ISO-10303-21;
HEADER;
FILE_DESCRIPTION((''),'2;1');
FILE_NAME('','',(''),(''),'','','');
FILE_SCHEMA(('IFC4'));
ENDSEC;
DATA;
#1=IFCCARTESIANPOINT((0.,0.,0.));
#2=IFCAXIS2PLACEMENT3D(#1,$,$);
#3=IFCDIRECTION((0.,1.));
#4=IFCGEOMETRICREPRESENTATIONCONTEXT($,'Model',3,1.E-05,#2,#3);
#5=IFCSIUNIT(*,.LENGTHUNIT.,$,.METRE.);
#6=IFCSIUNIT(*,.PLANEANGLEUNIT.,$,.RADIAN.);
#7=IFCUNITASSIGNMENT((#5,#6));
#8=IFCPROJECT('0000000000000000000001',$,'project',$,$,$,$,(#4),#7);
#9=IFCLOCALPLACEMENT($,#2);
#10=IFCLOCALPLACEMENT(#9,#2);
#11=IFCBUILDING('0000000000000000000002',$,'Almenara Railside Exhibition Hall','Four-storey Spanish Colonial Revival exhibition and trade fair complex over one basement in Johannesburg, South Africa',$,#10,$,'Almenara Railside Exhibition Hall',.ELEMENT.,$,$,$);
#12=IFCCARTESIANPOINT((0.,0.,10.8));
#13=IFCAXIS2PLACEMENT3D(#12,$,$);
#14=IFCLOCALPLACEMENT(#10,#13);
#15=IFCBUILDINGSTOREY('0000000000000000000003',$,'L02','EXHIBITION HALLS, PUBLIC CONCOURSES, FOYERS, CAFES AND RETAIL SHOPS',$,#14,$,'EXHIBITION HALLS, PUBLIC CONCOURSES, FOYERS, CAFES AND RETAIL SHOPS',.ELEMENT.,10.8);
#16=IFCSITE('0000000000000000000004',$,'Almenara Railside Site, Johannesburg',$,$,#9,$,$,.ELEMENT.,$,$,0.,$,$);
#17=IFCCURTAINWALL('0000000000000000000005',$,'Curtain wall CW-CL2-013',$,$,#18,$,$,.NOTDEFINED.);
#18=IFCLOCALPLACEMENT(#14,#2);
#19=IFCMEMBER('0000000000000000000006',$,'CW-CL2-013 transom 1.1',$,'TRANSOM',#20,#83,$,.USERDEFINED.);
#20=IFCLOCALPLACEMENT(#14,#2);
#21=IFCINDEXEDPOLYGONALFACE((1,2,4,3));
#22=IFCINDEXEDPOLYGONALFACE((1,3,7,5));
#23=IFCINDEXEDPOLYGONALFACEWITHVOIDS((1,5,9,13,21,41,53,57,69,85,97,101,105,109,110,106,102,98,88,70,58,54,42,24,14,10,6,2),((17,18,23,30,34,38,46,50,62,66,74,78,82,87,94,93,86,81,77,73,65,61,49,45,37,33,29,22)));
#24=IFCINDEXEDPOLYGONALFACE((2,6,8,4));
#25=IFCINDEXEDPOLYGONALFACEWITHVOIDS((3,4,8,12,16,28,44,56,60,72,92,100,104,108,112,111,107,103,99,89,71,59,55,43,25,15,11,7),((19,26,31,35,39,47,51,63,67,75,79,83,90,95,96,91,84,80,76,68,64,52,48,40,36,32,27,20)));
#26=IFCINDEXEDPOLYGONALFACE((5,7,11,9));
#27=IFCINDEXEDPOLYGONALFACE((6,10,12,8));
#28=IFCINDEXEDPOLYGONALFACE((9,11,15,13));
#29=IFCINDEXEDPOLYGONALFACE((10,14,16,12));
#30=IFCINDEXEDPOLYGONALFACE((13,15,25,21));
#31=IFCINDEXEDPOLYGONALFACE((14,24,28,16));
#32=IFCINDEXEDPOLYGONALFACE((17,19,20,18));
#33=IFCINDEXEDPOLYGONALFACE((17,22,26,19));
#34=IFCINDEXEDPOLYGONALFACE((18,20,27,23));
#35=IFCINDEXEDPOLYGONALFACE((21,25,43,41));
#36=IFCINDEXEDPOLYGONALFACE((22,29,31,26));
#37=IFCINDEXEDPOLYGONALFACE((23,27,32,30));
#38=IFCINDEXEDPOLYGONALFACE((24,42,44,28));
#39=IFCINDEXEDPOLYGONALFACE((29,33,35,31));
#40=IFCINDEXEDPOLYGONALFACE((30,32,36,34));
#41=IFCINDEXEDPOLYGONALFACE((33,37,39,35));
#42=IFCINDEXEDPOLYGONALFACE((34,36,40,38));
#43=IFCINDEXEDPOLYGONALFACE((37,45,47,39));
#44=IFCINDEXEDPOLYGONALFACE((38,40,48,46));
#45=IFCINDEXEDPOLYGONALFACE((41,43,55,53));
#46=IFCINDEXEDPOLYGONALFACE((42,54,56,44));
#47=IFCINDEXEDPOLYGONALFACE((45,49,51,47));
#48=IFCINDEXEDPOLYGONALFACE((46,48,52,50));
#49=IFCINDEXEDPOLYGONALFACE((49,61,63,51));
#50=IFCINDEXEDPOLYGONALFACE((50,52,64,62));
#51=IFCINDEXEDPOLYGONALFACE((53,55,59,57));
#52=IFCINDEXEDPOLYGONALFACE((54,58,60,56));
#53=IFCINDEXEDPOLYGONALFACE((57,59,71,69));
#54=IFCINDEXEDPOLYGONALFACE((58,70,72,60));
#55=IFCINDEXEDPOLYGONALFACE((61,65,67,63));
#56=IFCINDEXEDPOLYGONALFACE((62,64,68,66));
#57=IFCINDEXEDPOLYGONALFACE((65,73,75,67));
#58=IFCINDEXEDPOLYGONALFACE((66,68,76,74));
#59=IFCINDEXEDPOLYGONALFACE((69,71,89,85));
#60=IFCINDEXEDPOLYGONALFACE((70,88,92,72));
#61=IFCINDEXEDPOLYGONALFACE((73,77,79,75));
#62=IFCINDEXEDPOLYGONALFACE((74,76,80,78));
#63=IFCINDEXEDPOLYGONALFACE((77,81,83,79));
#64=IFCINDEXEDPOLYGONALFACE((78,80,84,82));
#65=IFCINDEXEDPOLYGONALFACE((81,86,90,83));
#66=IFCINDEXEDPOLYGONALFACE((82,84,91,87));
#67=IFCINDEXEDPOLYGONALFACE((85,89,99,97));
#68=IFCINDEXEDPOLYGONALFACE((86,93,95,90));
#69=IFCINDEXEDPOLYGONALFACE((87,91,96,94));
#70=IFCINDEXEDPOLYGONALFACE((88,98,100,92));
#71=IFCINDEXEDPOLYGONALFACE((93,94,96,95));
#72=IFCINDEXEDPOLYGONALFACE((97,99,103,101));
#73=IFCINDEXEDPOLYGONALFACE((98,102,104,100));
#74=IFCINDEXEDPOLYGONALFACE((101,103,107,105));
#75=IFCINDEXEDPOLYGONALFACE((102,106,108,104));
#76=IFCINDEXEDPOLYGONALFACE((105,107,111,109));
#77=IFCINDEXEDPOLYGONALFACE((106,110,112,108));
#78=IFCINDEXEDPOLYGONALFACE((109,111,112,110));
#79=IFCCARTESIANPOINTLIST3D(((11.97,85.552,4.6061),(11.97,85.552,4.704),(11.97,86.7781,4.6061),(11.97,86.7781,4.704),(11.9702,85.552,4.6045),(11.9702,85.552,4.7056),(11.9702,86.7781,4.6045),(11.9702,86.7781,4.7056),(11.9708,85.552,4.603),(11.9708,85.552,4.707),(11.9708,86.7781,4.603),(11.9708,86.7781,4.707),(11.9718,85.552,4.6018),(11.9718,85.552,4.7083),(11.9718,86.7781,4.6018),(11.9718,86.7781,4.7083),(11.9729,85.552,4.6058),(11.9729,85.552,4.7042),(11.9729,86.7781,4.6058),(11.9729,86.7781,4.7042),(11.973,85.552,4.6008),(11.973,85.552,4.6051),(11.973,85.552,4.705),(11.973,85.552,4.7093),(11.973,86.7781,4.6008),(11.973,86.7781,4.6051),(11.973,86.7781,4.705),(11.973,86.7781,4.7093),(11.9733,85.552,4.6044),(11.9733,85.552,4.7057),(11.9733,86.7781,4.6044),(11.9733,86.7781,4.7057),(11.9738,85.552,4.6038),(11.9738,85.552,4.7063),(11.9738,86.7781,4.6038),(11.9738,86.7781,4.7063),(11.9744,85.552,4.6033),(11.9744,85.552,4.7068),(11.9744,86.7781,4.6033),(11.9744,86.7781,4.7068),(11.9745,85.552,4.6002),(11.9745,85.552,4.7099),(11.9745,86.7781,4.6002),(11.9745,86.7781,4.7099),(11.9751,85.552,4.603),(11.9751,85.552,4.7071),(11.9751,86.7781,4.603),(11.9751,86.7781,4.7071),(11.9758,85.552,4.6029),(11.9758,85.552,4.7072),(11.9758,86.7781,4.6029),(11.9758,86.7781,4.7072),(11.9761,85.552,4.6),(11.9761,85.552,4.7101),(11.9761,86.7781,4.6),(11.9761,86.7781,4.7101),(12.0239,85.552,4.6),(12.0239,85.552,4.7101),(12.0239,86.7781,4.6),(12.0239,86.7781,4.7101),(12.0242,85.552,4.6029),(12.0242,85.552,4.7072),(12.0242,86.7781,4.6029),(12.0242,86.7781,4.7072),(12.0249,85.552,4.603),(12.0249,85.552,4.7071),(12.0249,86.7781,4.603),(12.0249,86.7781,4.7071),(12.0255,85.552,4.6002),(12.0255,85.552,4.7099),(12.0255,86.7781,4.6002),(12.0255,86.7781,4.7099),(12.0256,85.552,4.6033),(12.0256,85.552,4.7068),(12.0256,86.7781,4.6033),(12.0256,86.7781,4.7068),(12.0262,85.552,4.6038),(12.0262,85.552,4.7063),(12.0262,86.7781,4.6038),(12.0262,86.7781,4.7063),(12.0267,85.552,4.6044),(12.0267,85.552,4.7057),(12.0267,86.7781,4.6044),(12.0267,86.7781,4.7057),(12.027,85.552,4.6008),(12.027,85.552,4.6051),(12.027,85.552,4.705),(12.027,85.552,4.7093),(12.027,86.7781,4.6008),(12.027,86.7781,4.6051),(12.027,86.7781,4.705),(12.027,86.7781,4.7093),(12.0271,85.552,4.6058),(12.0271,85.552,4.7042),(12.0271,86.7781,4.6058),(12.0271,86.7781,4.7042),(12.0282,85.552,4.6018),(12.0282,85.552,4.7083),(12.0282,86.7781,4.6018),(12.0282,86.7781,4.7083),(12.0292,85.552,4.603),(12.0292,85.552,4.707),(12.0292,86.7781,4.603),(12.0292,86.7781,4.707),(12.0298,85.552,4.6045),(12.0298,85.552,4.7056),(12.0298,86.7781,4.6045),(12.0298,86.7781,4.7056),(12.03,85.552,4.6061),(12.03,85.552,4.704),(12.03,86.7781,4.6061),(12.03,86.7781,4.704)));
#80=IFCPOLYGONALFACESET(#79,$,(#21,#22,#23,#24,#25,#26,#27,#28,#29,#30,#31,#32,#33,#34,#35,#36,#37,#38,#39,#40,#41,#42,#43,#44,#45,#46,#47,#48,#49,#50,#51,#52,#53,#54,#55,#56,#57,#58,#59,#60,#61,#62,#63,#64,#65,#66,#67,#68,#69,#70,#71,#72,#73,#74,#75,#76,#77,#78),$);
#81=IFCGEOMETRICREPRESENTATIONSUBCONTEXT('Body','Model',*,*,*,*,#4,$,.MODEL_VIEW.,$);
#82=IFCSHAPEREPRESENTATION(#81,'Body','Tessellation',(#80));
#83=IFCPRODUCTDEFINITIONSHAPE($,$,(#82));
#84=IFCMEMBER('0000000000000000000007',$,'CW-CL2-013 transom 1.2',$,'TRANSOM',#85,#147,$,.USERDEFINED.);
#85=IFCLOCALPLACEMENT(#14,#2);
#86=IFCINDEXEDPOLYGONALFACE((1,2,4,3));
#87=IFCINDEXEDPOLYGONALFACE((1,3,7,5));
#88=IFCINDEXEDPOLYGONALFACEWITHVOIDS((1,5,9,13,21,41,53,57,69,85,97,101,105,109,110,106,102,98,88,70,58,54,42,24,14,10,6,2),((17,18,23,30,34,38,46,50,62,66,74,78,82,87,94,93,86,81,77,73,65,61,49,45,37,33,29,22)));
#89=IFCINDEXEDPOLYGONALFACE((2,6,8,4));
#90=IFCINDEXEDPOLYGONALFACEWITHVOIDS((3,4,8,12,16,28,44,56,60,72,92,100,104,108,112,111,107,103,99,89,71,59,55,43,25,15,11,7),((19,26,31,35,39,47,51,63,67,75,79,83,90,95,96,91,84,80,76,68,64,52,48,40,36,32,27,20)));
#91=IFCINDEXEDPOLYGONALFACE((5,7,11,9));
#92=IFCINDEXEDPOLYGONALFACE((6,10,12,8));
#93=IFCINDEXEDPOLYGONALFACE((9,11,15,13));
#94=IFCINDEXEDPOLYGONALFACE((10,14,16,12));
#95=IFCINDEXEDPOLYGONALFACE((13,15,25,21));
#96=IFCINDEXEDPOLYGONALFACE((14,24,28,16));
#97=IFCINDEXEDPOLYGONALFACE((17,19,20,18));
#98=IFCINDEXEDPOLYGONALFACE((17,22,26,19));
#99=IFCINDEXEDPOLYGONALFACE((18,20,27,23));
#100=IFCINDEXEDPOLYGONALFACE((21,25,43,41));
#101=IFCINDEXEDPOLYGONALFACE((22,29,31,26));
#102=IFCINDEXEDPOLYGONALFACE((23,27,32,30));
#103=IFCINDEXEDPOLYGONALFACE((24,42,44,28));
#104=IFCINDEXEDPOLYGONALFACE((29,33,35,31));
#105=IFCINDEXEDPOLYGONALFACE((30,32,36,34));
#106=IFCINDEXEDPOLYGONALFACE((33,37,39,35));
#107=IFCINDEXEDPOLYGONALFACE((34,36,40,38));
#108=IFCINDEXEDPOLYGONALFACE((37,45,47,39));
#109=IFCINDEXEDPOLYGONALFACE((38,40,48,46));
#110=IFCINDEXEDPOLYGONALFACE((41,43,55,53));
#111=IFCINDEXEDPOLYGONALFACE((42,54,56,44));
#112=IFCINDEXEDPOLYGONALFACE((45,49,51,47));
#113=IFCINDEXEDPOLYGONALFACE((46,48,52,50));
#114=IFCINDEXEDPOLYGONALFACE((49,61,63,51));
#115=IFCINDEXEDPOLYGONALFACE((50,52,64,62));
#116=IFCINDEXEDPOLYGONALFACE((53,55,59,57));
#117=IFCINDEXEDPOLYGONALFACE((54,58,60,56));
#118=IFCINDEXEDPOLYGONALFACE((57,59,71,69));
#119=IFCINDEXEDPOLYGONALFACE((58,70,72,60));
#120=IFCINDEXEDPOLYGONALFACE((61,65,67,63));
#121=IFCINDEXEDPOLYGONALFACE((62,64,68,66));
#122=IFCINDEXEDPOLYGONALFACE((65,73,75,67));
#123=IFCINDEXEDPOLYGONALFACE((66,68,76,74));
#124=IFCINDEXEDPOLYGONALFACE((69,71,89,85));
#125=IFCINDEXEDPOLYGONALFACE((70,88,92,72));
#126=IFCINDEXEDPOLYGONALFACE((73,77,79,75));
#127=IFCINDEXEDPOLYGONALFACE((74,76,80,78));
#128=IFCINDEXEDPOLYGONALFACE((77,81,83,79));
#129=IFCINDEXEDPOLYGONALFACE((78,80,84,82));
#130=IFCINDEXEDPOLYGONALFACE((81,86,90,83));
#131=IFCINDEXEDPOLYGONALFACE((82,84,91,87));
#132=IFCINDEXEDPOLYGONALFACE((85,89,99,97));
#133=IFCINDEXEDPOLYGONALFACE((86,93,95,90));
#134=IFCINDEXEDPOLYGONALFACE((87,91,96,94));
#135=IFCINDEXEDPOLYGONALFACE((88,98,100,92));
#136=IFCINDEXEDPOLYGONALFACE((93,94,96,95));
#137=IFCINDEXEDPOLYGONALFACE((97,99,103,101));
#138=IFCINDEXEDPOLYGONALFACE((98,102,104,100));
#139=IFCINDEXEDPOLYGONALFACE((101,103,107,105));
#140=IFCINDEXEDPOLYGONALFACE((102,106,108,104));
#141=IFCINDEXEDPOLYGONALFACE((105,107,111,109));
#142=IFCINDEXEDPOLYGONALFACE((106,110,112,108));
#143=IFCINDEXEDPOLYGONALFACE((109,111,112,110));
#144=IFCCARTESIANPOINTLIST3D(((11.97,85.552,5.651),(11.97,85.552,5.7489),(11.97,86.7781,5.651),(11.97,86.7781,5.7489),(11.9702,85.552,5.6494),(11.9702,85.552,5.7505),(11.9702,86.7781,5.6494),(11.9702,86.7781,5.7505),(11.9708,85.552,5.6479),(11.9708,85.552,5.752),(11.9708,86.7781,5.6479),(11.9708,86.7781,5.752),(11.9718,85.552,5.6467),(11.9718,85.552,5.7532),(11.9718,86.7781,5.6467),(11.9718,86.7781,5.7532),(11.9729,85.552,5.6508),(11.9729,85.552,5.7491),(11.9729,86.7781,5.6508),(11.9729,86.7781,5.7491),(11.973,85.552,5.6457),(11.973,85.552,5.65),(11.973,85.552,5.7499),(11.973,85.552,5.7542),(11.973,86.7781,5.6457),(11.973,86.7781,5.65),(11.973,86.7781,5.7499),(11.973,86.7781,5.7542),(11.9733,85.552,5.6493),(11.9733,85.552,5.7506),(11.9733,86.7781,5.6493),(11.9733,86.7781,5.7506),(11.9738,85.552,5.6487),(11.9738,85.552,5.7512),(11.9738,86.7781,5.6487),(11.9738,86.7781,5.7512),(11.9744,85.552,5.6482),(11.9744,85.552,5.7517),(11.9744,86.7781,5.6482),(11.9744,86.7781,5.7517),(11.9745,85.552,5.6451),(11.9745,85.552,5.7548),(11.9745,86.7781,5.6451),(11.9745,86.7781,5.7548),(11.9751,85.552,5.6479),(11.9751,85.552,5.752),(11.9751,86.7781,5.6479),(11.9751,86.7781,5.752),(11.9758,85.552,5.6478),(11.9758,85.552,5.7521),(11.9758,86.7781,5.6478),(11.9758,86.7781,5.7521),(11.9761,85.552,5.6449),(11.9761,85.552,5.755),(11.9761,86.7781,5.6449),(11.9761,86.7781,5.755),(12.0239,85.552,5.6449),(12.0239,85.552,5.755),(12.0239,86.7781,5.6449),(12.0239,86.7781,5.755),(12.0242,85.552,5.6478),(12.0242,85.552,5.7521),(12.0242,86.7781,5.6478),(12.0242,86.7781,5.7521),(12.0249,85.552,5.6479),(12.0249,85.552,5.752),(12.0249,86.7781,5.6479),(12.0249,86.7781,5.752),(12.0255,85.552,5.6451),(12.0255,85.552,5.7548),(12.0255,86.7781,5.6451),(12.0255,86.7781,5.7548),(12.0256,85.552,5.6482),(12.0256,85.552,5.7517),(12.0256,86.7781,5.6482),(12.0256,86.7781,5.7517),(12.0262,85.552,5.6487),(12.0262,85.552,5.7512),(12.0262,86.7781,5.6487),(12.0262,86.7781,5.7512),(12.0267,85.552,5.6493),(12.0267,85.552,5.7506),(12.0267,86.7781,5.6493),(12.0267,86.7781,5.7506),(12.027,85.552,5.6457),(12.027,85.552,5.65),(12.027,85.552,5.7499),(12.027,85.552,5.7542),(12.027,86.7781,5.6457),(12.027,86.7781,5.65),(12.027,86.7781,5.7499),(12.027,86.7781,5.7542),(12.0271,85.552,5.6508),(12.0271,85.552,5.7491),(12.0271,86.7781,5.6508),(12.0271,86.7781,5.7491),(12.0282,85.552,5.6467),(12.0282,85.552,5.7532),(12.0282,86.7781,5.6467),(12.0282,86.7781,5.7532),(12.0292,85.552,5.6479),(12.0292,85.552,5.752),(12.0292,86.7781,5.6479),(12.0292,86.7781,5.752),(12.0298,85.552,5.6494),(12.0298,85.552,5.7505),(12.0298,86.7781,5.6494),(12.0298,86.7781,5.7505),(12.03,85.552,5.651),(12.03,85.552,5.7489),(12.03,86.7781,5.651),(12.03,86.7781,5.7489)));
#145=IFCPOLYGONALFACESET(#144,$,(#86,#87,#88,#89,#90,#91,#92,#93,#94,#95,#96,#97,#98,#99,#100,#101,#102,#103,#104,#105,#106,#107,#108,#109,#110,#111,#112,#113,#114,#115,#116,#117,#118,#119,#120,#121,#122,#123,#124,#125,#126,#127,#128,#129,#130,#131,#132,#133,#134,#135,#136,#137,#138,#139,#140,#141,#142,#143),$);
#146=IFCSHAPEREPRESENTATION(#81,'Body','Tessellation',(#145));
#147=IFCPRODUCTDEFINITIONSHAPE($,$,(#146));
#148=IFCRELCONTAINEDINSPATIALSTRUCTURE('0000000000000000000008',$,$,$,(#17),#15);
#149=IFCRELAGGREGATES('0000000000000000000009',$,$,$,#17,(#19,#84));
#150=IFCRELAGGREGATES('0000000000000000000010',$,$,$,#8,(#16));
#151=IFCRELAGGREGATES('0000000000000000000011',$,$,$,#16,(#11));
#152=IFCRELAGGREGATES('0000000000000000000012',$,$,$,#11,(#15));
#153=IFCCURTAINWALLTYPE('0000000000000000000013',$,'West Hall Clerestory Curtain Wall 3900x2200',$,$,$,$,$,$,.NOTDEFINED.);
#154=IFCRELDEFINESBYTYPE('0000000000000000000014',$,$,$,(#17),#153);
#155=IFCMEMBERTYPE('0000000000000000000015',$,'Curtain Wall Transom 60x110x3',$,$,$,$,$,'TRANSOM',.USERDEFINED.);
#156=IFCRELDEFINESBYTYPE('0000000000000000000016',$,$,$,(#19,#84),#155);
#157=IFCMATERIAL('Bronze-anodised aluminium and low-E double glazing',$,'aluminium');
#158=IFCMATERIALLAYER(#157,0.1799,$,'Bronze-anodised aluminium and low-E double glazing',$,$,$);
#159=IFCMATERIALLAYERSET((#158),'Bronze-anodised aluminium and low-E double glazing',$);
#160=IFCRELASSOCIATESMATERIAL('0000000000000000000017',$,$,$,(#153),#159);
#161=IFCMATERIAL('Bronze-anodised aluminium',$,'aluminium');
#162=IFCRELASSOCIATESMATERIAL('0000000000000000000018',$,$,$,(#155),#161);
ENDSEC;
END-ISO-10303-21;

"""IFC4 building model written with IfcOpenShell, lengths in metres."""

from ifc_helpers import new_model, si_unit, direction, frame, origin, origin_2d, place, context, subcontext, project, spatial, hollow_rectangle, extrude, material, layer, layer_set, material_profile, profile_set, type_object, element, aggregate, save


model = new_model("IFC4")

# Units and contexts
model_context = context("Model", 3, precision=1e-05, world=origin(), true_north=direction((0.0, 1.0)))
body_context = subcontext(model_context, "Body", "Model", "MODEL_VIEW")
ifc_project = project(units=[si_unit("LENGTHUNIT", "METRE"), si_unit("PLANEANGLEUNIT", "RADIAN")], contexts=[model_context])

# Site, building, storey
site_placement = place(None, origin())
site = spatial("IfcSite", under=ifc_project, at=site_placement, Name="Almenara Railside Site, Johannesburg", CompositionType="ELEMENT", RefElevation=0.0)
building_placement = place(site_placement, origin())
building = spatial("IfcBuilding", under=site, at=building_placement, Name="Almenara Railside Exhibition Hall", Description="Four-storey Spanish Colonial Revival exhibition and trade fair complex over one basement in Johannesburg, South Africa", LongName="Almenara Railside Exhibition Hall", CompositionType="ELEMENT")
storey_placement = place(building_placement, frame((0.0, 0.0, 10.8)))
storey = spatial("IfcBuildingStorey", under=building, at=storey_placement, Name="L02", Description="EXHIBITION HALLS, PUBLIC CONCOURSES, FOYERS, CAFES AND RETAIL SHOPS", LongName="EXHIBITION HALLS, PUBLIC CONCOURSES, FOYERS, CAFES AND RETAIL SHOPS", CompositionType="ELEMENT", Elevation=10.8)

# Shared definitions
ifc_material_1 = material(Name="Bronze-anodised aluminium and low-E double glazing", Category="aluminium")
ifc_material_2 = material(Name="Bronze-anodised aluminium", Category="aluminium")

# Curtain wall
ifc_layer_1 = layer(ifc_material_1, 0.1799, Name="Bronze-anodised aluminium and low-E double glazing")
ifc_layer_set_1 = layer_set([ifc_layer_1], Name="Bronze-anodised aluminium and low-E double glazing")
curtain_wall_type_1 = type_object("IfcCurtainWallType", Name="West Hall Clerestory Curtain Wall 3900x2200", PredefinedType="NOTDEFINED", material=ifc_layer_set_1)
curtain_wall_1_placement = place(storey_placement, origin())
curtain_wall_1 = element("IfcCurtainWall", 1, at=curtain_wall_1_placement, inside=storey, type_object=curtain_wall_type_1, Name="Curtain wall CW-CL2-013", PredefinedType="NOTDEFINED")

# Members
ifc_material_profile_1 = material_profile(ifc_material_2, hollow_rectangle(XDim=0.0601, YDim=0.1101, WallThickness=0.0029, InnerFilletRadius=0.0029, OuterFilletRadius=0.0061, at=origin_2d()), Name="ALU-TRN 60x110x3")
ifc_profile_set_1 = profile_set([ifc_material_profile_1], Name="Bronze-anodised aluminium")
member_type_1 = type_object("IfcMemberType", Name="Curtain Wall Transom 60x110x3", ElementType="TRANSOM", PredefinedType="USERDEFINED", material=ifc_profile_set_1)
member_1_placement = place(storey_placement, frame((12.0, 85.552, 4.655), z_axis=(0.0, 1.0, 0.0), x_axis=(-1.0, 0.0, 0.0)))
member_1 = element("IfcMember", 2, at=member_1_placement, type_object=member_type_1, Name="CW-CL2-013 transom 1.1", ObjectType="TRANSOM", PredefinedType="USERDEFINED", context=body_context, shape_type="SweptSolid", body=[
    extrude(hollow_rectangle(XDim=0.0601, YDim=0.1101, WallThickness=0.0029, InnerFilletRadius=0.0029, OuterFilletRadius=0.0061, at=origin_2d()), origin(), (0.0, 0.0, 1.0), 1.2261),
])
member_2_placement = place(storey_placement, frame((12.0, 85.552, 5.7), z_axis=(0.0, 1.0, 0.0), x_axis=(-1.0, 0.0, 0.0)))
member_2 = element("IfcMember", 3, at=member_2_placement, type_object=member_type_1, Name="CW-CL2-013 transom 1.2", ObjectType="TRANSOM", PredefinedType="USERDEFINED", context=body_context, shape_type="SweptSolid", body=[
    extrude(hollow_rectangle(XDim=0.0601, YDim=0.1101, WallThickness=0.0029, InnerFilletRadius=0.0029, OuterFilletRadius=0.0061, at=origin_2d()), origin(), (0.0, 0.0, 1.0), 1.2261),
])

aggregate(curtain_wall_1, [member_1, member_2])

save(model, "model.ifc")
